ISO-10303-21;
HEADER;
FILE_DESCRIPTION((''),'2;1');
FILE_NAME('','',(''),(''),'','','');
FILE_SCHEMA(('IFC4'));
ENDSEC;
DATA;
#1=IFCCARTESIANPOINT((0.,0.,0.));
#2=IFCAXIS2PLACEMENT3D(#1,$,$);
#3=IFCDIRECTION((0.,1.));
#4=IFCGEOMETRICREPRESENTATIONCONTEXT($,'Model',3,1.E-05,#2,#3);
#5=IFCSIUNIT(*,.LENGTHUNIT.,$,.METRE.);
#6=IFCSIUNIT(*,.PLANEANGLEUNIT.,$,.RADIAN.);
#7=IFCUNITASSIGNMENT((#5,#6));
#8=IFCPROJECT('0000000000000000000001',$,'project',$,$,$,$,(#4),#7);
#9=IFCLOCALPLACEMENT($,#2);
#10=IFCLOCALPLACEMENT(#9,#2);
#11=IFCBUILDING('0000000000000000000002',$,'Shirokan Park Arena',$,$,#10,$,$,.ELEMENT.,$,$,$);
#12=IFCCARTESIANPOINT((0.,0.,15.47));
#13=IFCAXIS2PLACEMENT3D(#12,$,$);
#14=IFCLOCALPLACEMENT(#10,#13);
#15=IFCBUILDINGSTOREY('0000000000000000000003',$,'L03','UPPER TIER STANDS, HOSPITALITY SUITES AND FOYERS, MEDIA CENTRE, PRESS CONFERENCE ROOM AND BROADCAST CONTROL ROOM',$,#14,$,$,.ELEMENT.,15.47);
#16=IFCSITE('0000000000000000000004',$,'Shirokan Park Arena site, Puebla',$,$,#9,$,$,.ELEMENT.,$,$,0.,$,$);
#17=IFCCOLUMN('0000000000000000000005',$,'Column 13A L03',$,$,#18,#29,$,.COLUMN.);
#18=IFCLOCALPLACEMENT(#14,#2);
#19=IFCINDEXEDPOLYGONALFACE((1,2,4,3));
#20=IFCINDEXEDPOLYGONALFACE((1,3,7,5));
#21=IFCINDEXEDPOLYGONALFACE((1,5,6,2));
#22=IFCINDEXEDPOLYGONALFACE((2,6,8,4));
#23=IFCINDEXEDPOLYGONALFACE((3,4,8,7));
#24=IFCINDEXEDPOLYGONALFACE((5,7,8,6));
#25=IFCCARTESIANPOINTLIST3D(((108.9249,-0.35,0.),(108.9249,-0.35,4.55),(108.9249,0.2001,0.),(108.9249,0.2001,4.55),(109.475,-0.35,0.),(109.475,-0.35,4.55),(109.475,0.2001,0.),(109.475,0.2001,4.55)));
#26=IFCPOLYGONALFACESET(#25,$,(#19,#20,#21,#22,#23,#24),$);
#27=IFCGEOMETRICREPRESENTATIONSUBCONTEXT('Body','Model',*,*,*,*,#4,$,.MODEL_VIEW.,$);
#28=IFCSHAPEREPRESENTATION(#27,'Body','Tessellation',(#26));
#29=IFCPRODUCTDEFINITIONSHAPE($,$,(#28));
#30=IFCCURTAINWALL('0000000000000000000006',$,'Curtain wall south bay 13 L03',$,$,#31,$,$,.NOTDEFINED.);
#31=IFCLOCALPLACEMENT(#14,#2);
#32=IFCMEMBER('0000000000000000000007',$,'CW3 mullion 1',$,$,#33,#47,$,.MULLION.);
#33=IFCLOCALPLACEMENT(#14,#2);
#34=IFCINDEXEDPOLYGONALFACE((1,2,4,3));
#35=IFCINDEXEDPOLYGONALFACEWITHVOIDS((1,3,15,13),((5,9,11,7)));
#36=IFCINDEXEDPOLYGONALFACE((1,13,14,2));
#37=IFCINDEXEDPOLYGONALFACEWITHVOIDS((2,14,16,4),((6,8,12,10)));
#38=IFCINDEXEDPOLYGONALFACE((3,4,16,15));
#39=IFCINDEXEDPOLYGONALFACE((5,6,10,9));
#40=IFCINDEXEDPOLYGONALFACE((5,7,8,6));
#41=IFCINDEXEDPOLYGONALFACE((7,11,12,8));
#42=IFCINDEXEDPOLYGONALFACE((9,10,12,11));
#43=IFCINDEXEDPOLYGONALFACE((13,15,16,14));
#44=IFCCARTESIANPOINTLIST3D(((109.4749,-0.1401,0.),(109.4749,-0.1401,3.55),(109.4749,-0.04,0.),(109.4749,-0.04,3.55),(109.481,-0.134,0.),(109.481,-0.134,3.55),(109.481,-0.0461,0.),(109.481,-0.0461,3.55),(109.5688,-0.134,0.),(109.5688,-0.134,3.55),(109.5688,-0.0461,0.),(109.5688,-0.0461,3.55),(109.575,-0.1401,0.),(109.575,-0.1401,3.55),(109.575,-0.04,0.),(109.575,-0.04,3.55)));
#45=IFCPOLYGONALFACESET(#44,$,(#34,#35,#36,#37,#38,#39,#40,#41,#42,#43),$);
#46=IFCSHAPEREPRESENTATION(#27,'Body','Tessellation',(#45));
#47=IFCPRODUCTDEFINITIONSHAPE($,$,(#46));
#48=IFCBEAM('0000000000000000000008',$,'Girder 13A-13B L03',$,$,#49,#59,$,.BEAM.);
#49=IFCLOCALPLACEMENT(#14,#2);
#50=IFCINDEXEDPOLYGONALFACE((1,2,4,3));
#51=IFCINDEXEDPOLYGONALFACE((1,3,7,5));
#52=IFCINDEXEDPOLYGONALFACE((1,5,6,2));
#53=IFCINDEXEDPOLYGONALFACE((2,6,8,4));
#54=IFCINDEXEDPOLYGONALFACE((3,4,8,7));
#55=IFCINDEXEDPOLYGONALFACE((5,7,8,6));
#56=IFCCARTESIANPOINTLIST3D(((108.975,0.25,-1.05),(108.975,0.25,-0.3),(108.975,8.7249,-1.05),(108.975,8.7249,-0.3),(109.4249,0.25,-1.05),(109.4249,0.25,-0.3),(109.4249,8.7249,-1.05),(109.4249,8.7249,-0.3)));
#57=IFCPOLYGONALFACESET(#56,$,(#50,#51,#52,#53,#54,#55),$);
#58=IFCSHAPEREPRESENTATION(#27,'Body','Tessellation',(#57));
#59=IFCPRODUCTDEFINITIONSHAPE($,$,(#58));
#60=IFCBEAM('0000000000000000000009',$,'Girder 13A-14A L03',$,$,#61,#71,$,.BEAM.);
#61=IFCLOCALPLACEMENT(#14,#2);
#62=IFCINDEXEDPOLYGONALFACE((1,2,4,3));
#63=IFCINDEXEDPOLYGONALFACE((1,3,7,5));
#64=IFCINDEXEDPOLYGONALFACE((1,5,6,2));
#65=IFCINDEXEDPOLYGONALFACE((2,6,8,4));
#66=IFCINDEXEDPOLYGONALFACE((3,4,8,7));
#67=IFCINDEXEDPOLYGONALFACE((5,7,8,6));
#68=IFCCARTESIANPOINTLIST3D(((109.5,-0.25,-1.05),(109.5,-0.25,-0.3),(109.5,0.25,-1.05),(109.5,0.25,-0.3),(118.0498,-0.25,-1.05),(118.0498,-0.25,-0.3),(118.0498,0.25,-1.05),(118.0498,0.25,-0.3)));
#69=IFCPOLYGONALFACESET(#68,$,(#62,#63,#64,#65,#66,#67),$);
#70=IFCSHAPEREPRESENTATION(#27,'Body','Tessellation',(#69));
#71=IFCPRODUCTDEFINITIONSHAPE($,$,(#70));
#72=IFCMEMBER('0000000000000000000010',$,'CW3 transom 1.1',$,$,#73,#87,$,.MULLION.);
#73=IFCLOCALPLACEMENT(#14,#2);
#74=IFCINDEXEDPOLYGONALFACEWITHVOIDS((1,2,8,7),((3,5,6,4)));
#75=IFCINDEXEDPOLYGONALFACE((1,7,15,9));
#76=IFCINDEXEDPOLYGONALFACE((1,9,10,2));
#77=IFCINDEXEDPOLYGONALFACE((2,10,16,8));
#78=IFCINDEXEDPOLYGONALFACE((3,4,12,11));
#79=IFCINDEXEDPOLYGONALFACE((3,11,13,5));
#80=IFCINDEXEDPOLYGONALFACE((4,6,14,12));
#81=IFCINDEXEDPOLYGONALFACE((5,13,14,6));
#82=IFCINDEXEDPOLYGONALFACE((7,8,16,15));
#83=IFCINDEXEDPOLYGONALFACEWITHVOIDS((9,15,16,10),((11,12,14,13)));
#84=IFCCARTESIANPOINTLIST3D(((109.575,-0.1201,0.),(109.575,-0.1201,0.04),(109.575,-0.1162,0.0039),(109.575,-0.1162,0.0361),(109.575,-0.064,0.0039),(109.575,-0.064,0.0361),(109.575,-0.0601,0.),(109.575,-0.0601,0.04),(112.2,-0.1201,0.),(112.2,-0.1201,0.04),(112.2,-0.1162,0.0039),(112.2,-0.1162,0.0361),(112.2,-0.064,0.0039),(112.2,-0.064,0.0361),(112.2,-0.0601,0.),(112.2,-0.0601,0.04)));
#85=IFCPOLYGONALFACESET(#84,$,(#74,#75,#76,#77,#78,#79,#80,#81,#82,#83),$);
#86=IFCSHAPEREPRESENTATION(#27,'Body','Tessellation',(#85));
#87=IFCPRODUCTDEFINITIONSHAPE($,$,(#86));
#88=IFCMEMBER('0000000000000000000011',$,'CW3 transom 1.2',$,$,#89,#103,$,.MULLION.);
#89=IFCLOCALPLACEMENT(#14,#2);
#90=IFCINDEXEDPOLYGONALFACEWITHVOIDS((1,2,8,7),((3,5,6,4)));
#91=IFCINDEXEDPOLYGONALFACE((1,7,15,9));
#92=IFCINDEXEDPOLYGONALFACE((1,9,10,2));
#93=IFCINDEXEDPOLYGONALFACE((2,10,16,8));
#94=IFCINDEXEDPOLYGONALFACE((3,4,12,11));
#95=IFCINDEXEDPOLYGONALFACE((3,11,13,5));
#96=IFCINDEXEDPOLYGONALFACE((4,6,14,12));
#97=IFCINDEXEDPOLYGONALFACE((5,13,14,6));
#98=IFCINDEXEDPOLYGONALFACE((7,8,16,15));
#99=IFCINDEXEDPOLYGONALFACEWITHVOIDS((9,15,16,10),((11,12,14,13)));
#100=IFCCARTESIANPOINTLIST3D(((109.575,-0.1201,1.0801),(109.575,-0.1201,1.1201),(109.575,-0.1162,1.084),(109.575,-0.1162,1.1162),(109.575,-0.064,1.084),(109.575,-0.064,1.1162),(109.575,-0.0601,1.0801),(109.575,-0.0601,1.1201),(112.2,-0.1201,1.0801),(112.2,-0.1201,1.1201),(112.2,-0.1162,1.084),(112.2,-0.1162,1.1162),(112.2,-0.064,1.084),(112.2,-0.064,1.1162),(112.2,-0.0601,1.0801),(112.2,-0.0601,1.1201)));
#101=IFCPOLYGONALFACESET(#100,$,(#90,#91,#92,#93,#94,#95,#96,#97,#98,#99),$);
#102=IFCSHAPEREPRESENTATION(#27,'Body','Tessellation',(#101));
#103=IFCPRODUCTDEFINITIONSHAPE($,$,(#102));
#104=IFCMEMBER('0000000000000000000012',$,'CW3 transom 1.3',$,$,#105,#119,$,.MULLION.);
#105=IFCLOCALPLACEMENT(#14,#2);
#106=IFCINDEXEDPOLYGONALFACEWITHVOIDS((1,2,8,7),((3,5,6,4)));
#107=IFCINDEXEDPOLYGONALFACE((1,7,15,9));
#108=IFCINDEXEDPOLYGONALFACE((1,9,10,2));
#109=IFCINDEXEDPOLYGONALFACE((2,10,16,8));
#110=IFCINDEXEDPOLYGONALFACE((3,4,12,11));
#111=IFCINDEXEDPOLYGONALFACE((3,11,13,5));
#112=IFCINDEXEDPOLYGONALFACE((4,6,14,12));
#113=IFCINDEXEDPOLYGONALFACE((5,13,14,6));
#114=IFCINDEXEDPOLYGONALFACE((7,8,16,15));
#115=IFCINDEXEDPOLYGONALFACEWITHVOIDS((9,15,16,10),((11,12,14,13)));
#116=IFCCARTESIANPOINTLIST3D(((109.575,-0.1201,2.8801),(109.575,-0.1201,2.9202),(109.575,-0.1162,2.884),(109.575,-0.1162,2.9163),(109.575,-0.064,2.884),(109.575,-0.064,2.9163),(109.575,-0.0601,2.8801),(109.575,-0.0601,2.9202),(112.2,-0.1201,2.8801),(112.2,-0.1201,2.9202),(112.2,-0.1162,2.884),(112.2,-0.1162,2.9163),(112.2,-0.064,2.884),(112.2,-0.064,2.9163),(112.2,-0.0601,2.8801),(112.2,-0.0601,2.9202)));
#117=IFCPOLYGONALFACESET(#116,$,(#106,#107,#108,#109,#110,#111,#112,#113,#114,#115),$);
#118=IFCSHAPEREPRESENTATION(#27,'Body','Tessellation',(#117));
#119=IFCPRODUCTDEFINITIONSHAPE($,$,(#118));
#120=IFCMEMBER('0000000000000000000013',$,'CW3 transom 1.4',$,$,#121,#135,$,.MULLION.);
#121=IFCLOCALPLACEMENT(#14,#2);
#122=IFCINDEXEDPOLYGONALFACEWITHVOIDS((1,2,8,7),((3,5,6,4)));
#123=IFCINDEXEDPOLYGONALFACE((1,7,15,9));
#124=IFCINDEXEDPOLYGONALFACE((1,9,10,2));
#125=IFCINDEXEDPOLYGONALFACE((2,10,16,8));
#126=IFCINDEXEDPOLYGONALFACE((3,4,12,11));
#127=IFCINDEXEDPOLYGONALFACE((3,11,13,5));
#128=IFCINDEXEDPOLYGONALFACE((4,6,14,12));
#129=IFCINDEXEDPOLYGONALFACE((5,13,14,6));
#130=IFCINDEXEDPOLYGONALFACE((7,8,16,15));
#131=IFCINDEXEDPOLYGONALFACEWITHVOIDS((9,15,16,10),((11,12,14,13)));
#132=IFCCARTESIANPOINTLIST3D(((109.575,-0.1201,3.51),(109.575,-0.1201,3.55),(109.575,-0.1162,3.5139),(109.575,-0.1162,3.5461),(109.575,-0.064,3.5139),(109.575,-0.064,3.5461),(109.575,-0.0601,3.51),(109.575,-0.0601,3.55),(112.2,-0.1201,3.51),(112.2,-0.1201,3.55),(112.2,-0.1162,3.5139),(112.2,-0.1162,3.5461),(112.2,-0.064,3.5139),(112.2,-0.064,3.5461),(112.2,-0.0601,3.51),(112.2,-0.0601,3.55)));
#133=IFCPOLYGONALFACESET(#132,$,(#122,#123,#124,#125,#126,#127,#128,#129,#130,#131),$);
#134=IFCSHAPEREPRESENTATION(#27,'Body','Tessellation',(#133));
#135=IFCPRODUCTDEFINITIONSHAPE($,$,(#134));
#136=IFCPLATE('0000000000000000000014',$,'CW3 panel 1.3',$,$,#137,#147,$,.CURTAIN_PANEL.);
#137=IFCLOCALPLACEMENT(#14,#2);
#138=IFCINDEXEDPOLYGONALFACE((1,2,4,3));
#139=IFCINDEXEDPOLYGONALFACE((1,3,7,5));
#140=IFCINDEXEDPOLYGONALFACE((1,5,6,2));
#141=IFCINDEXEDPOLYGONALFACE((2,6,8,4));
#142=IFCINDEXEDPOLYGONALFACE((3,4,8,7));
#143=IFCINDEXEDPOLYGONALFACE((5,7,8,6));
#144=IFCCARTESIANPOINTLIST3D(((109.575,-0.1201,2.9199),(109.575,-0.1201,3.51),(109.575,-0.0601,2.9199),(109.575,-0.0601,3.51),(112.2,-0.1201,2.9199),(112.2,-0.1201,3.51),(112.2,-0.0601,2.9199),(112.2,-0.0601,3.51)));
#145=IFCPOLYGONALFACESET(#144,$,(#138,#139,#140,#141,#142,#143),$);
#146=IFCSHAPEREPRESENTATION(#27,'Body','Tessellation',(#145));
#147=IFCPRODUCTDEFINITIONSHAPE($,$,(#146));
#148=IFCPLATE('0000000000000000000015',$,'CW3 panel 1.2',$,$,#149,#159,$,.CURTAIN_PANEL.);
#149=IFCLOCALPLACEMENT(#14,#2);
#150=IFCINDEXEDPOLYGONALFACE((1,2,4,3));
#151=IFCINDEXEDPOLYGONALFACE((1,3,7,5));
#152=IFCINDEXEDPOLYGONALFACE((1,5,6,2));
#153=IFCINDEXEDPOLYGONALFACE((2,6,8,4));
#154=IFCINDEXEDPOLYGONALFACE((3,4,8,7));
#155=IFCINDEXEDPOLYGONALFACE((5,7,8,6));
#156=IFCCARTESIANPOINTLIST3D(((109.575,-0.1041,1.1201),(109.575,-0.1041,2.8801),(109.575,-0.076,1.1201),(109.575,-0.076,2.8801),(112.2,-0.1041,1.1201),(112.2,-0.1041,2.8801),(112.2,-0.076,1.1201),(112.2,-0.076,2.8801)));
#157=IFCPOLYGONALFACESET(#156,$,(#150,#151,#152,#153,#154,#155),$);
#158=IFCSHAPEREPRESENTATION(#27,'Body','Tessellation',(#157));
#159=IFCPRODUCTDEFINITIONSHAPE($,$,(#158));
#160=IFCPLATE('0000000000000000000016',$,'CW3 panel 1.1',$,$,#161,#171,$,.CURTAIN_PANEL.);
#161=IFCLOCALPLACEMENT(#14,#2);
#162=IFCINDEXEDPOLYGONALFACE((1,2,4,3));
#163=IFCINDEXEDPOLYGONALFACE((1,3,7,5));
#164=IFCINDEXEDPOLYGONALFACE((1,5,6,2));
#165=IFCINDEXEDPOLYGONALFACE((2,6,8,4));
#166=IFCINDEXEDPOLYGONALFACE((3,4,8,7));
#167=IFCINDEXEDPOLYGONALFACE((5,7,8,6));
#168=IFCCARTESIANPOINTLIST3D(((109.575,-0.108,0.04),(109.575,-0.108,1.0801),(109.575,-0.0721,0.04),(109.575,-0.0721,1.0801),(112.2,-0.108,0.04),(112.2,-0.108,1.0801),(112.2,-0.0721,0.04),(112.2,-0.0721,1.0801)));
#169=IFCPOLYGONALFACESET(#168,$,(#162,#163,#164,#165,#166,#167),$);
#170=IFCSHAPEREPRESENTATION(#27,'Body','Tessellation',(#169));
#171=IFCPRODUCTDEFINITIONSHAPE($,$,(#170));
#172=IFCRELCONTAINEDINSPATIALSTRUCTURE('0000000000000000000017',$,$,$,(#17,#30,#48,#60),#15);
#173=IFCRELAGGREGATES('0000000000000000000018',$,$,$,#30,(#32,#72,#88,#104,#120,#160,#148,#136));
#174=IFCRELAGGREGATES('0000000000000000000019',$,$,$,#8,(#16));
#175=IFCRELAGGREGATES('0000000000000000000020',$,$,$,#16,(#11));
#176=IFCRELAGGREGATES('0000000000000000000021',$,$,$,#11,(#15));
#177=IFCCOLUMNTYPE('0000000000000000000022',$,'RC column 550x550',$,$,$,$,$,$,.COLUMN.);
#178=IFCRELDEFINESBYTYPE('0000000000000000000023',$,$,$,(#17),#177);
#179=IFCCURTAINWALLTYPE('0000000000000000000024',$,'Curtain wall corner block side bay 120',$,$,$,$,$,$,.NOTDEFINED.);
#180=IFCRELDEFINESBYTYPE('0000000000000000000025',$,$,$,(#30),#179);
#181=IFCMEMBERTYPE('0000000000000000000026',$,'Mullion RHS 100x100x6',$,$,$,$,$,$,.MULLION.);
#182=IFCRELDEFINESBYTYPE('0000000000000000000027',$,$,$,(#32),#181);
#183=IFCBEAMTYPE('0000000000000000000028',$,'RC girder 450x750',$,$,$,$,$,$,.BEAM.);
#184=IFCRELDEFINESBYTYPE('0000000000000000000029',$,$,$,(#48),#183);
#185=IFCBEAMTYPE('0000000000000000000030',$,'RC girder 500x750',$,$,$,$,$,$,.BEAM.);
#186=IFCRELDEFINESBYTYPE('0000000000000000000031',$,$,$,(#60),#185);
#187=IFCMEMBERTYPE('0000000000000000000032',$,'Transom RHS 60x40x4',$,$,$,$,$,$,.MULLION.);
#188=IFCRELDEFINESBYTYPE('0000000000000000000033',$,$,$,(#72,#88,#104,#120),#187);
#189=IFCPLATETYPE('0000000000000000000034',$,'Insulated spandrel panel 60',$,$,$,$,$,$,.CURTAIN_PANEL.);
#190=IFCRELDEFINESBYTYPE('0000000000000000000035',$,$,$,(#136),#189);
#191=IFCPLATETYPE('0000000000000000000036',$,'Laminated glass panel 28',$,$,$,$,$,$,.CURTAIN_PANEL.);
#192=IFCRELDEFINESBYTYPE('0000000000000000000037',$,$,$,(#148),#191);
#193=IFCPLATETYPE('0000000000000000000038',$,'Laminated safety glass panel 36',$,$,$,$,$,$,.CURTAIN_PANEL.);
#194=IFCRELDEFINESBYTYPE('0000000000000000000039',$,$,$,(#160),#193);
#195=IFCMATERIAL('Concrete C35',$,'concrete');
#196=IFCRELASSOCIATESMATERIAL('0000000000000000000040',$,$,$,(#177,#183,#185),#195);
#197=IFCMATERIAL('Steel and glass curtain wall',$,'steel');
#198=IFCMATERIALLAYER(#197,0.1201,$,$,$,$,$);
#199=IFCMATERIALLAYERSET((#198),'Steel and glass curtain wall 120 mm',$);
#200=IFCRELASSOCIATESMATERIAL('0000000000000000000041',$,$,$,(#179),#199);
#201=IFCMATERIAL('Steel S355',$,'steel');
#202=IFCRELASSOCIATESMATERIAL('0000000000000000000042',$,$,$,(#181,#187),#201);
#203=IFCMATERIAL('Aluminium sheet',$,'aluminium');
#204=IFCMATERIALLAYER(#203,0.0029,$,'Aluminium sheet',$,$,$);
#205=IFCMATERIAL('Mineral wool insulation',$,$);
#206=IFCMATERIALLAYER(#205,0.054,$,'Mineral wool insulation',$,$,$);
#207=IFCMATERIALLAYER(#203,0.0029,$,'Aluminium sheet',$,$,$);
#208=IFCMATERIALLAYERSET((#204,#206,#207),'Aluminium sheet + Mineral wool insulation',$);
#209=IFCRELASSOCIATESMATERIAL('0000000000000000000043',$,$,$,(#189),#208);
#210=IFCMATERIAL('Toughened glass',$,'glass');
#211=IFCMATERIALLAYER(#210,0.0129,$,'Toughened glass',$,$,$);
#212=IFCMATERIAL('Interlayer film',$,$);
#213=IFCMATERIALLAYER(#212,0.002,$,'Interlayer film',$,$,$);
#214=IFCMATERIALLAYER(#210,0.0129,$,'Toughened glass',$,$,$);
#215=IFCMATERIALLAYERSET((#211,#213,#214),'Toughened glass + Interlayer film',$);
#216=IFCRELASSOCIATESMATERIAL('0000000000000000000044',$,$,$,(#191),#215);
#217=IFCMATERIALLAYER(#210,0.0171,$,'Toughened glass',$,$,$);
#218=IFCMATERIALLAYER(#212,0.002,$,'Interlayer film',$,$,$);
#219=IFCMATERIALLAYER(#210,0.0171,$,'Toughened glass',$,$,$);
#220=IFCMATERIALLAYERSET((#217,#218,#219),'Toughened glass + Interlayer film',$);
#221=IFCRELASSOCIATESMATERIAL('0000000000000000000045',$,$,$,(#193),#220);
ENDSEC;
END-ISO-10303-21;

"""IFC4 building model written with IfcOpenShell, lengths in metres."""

from ifc_helpers import new_model, si_unit, direction, frame, origin, origin_2d, place, context, subcontext, project, spatial, rectangle, hollow_rectangle, extrude, material, layer, layer_set, material_profile, profile_set, type_object, element, aggregate, save


model = new_model("IFC4")

# Units and contexts
model_context = context("Model", 3, precision=1e-05, world=origin(), true_north=direction((0.0, 1.0)))
body_context = subcontext(model_context, "Body", "Model", "MODEL_VIEW")
ifc_project = project(units=[si_unit("LENGTHUNIT", "METRE"), si_unit("PLANEANGLEUNIT", "RADIAN")], contexts=[model_context])

# Site, building, storey
site_placement = place(None, origin())
site = spatial("IfcSite", under=ifc_project, at=site_placement, Name="Shirokan Park Arena site, Puebla", CompositionType="ELEMENT", RefElevation=0.0)
building_placement = place(site_placement, origin())
building = spatial("IfcBuilding", under=site, at=building_placement, Name="Shirokan Park Arena", CompositionType="ELEMENT")
storey_placement = place(building_placement, frame((0.0, 0.0, 15.47)))
storey = spatial("IfcBuildingStorey", under=building, at=storey_placement, Name="L03", Description="UPPER TIER STANDS, HOSPITALITY SUITES AND FOYERS, MEDIA CENTRE, PRESS CONFERENCE ROOM AND BROADCAST CONTROL ROOM", CompositionType="ELEMENT", Elevation=15.47)

# Column
ifc_material_1 = material(Name="Concrete C35", Category="concrete")
ifc_material_profile_1 = material_profile(ifc_material_1, rectangle(XDim=0.55, YDim=0.55, at=origin_2d()), Name="550x550")
ifc_profile_set_1 = profile_set([ifc_material_profile_1], Name="Concrete C35")
column_type = type_object("IfcColumnType", Name="RC column 550x550", PredefinedType="COLUMN", material=ifc_profile_set_1)
column_placement = place(storey_placement, frame((109.2, -0.075, 0.0), z_axis=(0.0, 0.0, 1.0), x_axis=(1.0, 0.0, 0.0)))
element("IfcColumn", 1, at=column_placement, inside=storey, type_object=column_type, Name="Column 13A L03", PredefinedType="COLUMN", context=body_context, shape_type="SweptSolid", body=[
    extrude(rectangle(XDim=0.55, YDim=0.55, at=origin_2d()), origin(), (0.0, 0.0, 1.0), 4.55),
])

# Curtain wall, member
ifc_material_2 = material(Name="Steel and glass curtain wall", Category="steel")
ifc_layer_1 = layer(ifc_material_2, 0.1201)
ifc_layer_set_1 = layer_set([ifc_layer_1], Name="Steel and glass curtain wall 120 mm")
curtain_wall_type = type_object("IfcCurtainWallType", Name="Curtain wall corner block side bay 120", PredefinedType="NOTDEFINED", material=ifc_layer_set_1)
curtain_wall_placement = place(storey_placement, origin())
curtain_wall = element("IfcCurtainWall", 2, at=curtain_wall_placement, inside=storey, type_object=curtain_wall_type, Name="Curtain wall south bay 13 L03", PredefinedType="NOTDEFINED")
ifc_material_3 = material(Name="Steel S355", Category="steel")
ifc_material_profile_2 = material_profile(ifc_material_3, hollow_rectangle(XDim=0.1001, YDim=0.1001, WallThickness=0.0061, at=origin_2d()), Name="RHS 100x100x6")
ifc_profile_set_2 = profile_set([ifc_material_profile_2], Name="Steel S355")
member_type_1 = type_object("IfcMemberType", Name="Mullion RHS 100x100x6", PredefinedType="MULLION", material=ifc_profile_set_2)
member_1_placement = place(storey_placement, frame((109.5249, -0.0901, 0.0), z_axis=(0.0, 0.0, 1.0), x_axis=(0.0, 1.0, 0.0)))
member_1 = element("IfcMember", 3, at=member_1_placement, type_object=member_type_1, Name="CW3 mullion 1", PredefinedType="MULLION", context=body_context, shape_type="SweptSolid", body=[
    extrude(hollow_rectangle(XDim=0.1001, YDim=0.1001, WallThickness=0.0061, at=origin_2d()), origin(), (0.0, 0.0, 1.0), 3.55),
])

# Beams
ifc_material_profile_3 = material_profile(ifc_material_1, rectangle(XDim=0.45, YDim=0.75, at=origin_2d()), Name="450x750")
ifc_profile_set_3 = profile_set([ifc_material_profile_3], Name="Concrete C35")
beam_type_1 = type_object("IfcBeamType", Name="RC girder 450x750", PredefinedType="BEAM", material=ifc_profile_set_3)
beam_1_placement = place(storey_placement, frame((109.2, 0.25, -0.675), z_axis=(0.0, 1.0, 0.0), x_axis=(-1.0, 0.0, 0.0)))
element("IfcBeam", 4, at=beam_1_placement, inside=storey, type_object=beam_type_1, Name="Girder 13A-13B L03", PredefinedType="BEAM", context=body_context, shape_type="SweptSolid", body=[
    extrude(rectangle(XDim=0.45, YDim=0.75, at=origin_2d()), origin(), (0.0, 0.0, 1.0), 8.4749),
])
ifc_material_profile_4 = material_profile(ifc_material_1, rectangle(XDim=0.5, YDim=0.75, at=origin_2d()), Name="500x750")
ifc_profile_set_4 = profile_set([ifc_material_profile_4], Name="Concrete C35")
beam_type_2 = type_object("IfcBeamType", Name="RC girder 500x750", PredefinedType="BEAM", material=ifc_profile_set_4)
beam_2_placement = place(storey_placement, frame((109.5, 0.0, -0.675), z_axis=(1.0, 0.0, 0.0), x_axis=(0.0, 1.0, 0.0)))
element("IfcBeam", 5, at=beam_2_placement, inside=storey, type_object=beam_type_2, Name="Girder 13A-14A L03", PredefinedType="BEAM", context=body_context, shape_type="SweptSolid", body=[
    extrude(rectangle(XDim=0.5, YDim=0.75, at=origin_2d()), origin(), (0.0, 0.0, 1.0), 8.5498),
])

# Members
ifc_material_profile_5 = material_profile(ifc_material_3, hollow_rectangle(XDim=0.0601, YDim=0.04, WallThickness=0.0039, at=origin_2d()), Name="RHS 60x40x4")
ifc_profile_set_5 = profile_set([ifc_material_profile_5], Name="Steel S355")
member_type_2 = type_object("IfcMemberType", Name="Transom RHS 60x40x4", PredefinedType="MULLION", material=ifc_profile_set_5)
member_2_placement = place(storey_placement, frame((109.575, -0.0901, 0.02), z_axis=(1.0, 0.0, 0.0), x_axis=(0.0, 1.0, 0.0)))
member_2 = element("IfcMember", 6, at=member_2_placement, type_object=member_type_2, Name="CW3 transom 1.1", PredefinedType="MULLION", context=body_context, shape_type="SweptSolid", body=[
    extrude(hollow_rectangle(XDim=0.0601, YDim=0.04, WallThickness=0.0039, at=origin_2d()), origin(), (0.0, 0.0, 1.0), 2.625),
])
member_3_placement = place(storey_placement, frame((109.575, -0.0901, 1.1001), z_axis=(1.0, 0.0, 0.0), x_axis=(0.0, 1.0, 0.0)))
member_3 = element("IfcMember", 7, at=member_3_placement, type_object=member_type_2, Name="CW3 transom 1.2", PredefinedType="MULLION", context=body_context, shape_type="SweptSolid", body=[
    extrude(hollow_rectangle(XDim=0.0601, YDim=0.04, WallThickness=0.0039, at=origin_2d()), origin(), (0.0, 0.0, 1.0), 2.625),
])
member_4_placement = place(storey_placement, frame((109.575, -0.0901, 2.9001), z_axis=(1.0, 0.0, 0.0), x_axis=(0.0, 1.0, 0.0)))
member_4 = element("IfcMember", 8, at=member_4_placement, type_object=member_type_2, Name="CW3 transom 1.3", PredefinedType="MULLION", context=body_context, shape_type="SweptSolid", body=[
    extrude(hollow_rectangle(XDim=0.0601, YDim=0.04, WallThickness=0.0039, at=origin_2d()), origin(), (0.0, 0.0, 1.0), 2.625),
])
member_5_placement = place(storey_placement, frame((109.575, -0.0901, 3.53), z_axis=(1.0, 0.0, 0.0), x_axis=(0.0, 1.0, 0.0)))
member_5 = element("IfcMember", 9, at=member_5_placement, type_object=member_type_2, Name="CW3 transom 1.4", PredefinedType="MULLION", context=body_context, shape_type="SweptSolid", body=[
    extrude(hollow_rectangle(XDim=0.0601, YDim=0.04, WallThickness=0.0039, at=origin_2d()), origin(), (0.0, 0.0, 1.0), 2.625),
])

# Plates
ifc_material_4 = material(Name="Aluminium sheet", Category="aluminium")
ifc_layer_2 = layer(ifc_material_4, 0.0029, Name="Aluminium sheet")
ifc_material_5 = material(Name="Mineral wool insulation")
ifc_layer_3 = layer(ifc_material_5, 0.054, Name="Mineral wool insulation")
ifc_layer_4 = layer(ifc_material_4, 0.0029, Name="Aluminium sheet")
ifc_layer_set_2 = layer_set([ifc_layer_2, ifc_layer_3, ifc_layer_4], Name="Aluminium sheet + Mineral wool insulation")
plate_type_1 = type_object("IfcPlateType", Name="Insulated spandrel panel 60", PredefinedType="CURTAIN_PANEL", material=ifc_layer_set_2)
plate_1_placement = place(storey_placement, frame((110.8875, -0.0901, 2.9199), z_axis=(0.0, 0.0, 1.0), x_axis=(1.0, 0.0, 0.0)))
plate_1 = element("IfcPlate", 10, at=plate_1_placement, type_object=plate_type_1, Name="CW3 panel 1.3", PredefinedType="CURTAIN_PANEL", context=body_context, shape_type="SweptSolid", body=[
    extrude(rectangle(XDim=2.625, YDim=0.0601, at=origin_2d()), origin(), (0.0, 0.0, 1.0), 0.5901),
])
ifc_material_6 = material(Name="Toughened glass", Category="glass")
ifc_layer_5 = layer(ifc_material_6, 0.0129, Name="Toughened glass")
ifc_material_7 = material(Name="Interlayer film")
ifc_layer_6 = layer(ifc_material_7, 0.002, Name="Interlayer film")
ifc_layer_7 = layer(ifc_material_6, 0.0129, Name="Toughened glass")
ifc_layer_set_3 = layer_set([ifc_layer_5, ifc_layer_6, ifc_layer_7], Name="Toughened glass + Interlayer film")
plate_type_2 = type_object("IfcPlateType", Name="Laminated glass panel 28", PredefinedType="CURTAIN_PANEL", material=ifc_layer_set_3)
plate_2_placement = place(storey_placement, frame((110.8875, -0.0901, 1.1201), z_axis=(0.0, 0.0, 1.0), x_axis=(1.0, 0.0, 0.0)))
plate_2 = element("IfcPlate", 11, at=plate_2_placement, type_object=plate_type_2, Name="CW3 panel 1.2", PredefinedType="CURTAIN_PANEL", context=body_context, shape_type="SweptSolid", body=[
    extrude(rectangle(XDim=2.625, YDim=0.0281, at=origin_2d()), origin(), (0.0, 0.0, 1.0), 1.76),
])
ifc_layer_8 = layer(ifc_material_6, 0.0171, Name="Toughened glass")
ifc_layer_9 = layer(ifc_material_7, 0.002, Name="Interlayer film")
ifc_layer_10 = layer(ifc_material_6, 0.0171, Name="Toughened glass")
ifc_layer_set_4 = layer_set([ifc_layer_8, ifc_layer_9, ifc_layer_10], Name="Toughened glass + Interlayer film")
plate_type_3 = type_object("IfcPlateType", Name="Laminated safety glass panel 36", PredefinedType="CURTAIN_PANEL", material=ifc_layer_set_4)
plate_3_placement = place(storey_placement, frame((110.8875, -0.0901, 0.04), z_axis=(0.0, 0.0, 1.0), x_axis=(1.0, 0.0, 0.0)))
plate_3 = element("IfcPlate", 12, at=plate_3_placement, type_object=plate_type_3, Name="CW3 panel 1.1", PredefinedType="CURTAIN_PANEL", context=body_context, shape_type="SweptSolid", body=[
    extrude(rectangle(XDim=2.625, YDim=0.0359, at=origin_2d()), origin(), (0.0, 0.0, 1.0), 1.04),
])
aggregate(curtain_wall, [member_1, member_2, member_3, member_4, member_5, plate_3, plate_2, plate_1])

save(model, "model.ifc")
